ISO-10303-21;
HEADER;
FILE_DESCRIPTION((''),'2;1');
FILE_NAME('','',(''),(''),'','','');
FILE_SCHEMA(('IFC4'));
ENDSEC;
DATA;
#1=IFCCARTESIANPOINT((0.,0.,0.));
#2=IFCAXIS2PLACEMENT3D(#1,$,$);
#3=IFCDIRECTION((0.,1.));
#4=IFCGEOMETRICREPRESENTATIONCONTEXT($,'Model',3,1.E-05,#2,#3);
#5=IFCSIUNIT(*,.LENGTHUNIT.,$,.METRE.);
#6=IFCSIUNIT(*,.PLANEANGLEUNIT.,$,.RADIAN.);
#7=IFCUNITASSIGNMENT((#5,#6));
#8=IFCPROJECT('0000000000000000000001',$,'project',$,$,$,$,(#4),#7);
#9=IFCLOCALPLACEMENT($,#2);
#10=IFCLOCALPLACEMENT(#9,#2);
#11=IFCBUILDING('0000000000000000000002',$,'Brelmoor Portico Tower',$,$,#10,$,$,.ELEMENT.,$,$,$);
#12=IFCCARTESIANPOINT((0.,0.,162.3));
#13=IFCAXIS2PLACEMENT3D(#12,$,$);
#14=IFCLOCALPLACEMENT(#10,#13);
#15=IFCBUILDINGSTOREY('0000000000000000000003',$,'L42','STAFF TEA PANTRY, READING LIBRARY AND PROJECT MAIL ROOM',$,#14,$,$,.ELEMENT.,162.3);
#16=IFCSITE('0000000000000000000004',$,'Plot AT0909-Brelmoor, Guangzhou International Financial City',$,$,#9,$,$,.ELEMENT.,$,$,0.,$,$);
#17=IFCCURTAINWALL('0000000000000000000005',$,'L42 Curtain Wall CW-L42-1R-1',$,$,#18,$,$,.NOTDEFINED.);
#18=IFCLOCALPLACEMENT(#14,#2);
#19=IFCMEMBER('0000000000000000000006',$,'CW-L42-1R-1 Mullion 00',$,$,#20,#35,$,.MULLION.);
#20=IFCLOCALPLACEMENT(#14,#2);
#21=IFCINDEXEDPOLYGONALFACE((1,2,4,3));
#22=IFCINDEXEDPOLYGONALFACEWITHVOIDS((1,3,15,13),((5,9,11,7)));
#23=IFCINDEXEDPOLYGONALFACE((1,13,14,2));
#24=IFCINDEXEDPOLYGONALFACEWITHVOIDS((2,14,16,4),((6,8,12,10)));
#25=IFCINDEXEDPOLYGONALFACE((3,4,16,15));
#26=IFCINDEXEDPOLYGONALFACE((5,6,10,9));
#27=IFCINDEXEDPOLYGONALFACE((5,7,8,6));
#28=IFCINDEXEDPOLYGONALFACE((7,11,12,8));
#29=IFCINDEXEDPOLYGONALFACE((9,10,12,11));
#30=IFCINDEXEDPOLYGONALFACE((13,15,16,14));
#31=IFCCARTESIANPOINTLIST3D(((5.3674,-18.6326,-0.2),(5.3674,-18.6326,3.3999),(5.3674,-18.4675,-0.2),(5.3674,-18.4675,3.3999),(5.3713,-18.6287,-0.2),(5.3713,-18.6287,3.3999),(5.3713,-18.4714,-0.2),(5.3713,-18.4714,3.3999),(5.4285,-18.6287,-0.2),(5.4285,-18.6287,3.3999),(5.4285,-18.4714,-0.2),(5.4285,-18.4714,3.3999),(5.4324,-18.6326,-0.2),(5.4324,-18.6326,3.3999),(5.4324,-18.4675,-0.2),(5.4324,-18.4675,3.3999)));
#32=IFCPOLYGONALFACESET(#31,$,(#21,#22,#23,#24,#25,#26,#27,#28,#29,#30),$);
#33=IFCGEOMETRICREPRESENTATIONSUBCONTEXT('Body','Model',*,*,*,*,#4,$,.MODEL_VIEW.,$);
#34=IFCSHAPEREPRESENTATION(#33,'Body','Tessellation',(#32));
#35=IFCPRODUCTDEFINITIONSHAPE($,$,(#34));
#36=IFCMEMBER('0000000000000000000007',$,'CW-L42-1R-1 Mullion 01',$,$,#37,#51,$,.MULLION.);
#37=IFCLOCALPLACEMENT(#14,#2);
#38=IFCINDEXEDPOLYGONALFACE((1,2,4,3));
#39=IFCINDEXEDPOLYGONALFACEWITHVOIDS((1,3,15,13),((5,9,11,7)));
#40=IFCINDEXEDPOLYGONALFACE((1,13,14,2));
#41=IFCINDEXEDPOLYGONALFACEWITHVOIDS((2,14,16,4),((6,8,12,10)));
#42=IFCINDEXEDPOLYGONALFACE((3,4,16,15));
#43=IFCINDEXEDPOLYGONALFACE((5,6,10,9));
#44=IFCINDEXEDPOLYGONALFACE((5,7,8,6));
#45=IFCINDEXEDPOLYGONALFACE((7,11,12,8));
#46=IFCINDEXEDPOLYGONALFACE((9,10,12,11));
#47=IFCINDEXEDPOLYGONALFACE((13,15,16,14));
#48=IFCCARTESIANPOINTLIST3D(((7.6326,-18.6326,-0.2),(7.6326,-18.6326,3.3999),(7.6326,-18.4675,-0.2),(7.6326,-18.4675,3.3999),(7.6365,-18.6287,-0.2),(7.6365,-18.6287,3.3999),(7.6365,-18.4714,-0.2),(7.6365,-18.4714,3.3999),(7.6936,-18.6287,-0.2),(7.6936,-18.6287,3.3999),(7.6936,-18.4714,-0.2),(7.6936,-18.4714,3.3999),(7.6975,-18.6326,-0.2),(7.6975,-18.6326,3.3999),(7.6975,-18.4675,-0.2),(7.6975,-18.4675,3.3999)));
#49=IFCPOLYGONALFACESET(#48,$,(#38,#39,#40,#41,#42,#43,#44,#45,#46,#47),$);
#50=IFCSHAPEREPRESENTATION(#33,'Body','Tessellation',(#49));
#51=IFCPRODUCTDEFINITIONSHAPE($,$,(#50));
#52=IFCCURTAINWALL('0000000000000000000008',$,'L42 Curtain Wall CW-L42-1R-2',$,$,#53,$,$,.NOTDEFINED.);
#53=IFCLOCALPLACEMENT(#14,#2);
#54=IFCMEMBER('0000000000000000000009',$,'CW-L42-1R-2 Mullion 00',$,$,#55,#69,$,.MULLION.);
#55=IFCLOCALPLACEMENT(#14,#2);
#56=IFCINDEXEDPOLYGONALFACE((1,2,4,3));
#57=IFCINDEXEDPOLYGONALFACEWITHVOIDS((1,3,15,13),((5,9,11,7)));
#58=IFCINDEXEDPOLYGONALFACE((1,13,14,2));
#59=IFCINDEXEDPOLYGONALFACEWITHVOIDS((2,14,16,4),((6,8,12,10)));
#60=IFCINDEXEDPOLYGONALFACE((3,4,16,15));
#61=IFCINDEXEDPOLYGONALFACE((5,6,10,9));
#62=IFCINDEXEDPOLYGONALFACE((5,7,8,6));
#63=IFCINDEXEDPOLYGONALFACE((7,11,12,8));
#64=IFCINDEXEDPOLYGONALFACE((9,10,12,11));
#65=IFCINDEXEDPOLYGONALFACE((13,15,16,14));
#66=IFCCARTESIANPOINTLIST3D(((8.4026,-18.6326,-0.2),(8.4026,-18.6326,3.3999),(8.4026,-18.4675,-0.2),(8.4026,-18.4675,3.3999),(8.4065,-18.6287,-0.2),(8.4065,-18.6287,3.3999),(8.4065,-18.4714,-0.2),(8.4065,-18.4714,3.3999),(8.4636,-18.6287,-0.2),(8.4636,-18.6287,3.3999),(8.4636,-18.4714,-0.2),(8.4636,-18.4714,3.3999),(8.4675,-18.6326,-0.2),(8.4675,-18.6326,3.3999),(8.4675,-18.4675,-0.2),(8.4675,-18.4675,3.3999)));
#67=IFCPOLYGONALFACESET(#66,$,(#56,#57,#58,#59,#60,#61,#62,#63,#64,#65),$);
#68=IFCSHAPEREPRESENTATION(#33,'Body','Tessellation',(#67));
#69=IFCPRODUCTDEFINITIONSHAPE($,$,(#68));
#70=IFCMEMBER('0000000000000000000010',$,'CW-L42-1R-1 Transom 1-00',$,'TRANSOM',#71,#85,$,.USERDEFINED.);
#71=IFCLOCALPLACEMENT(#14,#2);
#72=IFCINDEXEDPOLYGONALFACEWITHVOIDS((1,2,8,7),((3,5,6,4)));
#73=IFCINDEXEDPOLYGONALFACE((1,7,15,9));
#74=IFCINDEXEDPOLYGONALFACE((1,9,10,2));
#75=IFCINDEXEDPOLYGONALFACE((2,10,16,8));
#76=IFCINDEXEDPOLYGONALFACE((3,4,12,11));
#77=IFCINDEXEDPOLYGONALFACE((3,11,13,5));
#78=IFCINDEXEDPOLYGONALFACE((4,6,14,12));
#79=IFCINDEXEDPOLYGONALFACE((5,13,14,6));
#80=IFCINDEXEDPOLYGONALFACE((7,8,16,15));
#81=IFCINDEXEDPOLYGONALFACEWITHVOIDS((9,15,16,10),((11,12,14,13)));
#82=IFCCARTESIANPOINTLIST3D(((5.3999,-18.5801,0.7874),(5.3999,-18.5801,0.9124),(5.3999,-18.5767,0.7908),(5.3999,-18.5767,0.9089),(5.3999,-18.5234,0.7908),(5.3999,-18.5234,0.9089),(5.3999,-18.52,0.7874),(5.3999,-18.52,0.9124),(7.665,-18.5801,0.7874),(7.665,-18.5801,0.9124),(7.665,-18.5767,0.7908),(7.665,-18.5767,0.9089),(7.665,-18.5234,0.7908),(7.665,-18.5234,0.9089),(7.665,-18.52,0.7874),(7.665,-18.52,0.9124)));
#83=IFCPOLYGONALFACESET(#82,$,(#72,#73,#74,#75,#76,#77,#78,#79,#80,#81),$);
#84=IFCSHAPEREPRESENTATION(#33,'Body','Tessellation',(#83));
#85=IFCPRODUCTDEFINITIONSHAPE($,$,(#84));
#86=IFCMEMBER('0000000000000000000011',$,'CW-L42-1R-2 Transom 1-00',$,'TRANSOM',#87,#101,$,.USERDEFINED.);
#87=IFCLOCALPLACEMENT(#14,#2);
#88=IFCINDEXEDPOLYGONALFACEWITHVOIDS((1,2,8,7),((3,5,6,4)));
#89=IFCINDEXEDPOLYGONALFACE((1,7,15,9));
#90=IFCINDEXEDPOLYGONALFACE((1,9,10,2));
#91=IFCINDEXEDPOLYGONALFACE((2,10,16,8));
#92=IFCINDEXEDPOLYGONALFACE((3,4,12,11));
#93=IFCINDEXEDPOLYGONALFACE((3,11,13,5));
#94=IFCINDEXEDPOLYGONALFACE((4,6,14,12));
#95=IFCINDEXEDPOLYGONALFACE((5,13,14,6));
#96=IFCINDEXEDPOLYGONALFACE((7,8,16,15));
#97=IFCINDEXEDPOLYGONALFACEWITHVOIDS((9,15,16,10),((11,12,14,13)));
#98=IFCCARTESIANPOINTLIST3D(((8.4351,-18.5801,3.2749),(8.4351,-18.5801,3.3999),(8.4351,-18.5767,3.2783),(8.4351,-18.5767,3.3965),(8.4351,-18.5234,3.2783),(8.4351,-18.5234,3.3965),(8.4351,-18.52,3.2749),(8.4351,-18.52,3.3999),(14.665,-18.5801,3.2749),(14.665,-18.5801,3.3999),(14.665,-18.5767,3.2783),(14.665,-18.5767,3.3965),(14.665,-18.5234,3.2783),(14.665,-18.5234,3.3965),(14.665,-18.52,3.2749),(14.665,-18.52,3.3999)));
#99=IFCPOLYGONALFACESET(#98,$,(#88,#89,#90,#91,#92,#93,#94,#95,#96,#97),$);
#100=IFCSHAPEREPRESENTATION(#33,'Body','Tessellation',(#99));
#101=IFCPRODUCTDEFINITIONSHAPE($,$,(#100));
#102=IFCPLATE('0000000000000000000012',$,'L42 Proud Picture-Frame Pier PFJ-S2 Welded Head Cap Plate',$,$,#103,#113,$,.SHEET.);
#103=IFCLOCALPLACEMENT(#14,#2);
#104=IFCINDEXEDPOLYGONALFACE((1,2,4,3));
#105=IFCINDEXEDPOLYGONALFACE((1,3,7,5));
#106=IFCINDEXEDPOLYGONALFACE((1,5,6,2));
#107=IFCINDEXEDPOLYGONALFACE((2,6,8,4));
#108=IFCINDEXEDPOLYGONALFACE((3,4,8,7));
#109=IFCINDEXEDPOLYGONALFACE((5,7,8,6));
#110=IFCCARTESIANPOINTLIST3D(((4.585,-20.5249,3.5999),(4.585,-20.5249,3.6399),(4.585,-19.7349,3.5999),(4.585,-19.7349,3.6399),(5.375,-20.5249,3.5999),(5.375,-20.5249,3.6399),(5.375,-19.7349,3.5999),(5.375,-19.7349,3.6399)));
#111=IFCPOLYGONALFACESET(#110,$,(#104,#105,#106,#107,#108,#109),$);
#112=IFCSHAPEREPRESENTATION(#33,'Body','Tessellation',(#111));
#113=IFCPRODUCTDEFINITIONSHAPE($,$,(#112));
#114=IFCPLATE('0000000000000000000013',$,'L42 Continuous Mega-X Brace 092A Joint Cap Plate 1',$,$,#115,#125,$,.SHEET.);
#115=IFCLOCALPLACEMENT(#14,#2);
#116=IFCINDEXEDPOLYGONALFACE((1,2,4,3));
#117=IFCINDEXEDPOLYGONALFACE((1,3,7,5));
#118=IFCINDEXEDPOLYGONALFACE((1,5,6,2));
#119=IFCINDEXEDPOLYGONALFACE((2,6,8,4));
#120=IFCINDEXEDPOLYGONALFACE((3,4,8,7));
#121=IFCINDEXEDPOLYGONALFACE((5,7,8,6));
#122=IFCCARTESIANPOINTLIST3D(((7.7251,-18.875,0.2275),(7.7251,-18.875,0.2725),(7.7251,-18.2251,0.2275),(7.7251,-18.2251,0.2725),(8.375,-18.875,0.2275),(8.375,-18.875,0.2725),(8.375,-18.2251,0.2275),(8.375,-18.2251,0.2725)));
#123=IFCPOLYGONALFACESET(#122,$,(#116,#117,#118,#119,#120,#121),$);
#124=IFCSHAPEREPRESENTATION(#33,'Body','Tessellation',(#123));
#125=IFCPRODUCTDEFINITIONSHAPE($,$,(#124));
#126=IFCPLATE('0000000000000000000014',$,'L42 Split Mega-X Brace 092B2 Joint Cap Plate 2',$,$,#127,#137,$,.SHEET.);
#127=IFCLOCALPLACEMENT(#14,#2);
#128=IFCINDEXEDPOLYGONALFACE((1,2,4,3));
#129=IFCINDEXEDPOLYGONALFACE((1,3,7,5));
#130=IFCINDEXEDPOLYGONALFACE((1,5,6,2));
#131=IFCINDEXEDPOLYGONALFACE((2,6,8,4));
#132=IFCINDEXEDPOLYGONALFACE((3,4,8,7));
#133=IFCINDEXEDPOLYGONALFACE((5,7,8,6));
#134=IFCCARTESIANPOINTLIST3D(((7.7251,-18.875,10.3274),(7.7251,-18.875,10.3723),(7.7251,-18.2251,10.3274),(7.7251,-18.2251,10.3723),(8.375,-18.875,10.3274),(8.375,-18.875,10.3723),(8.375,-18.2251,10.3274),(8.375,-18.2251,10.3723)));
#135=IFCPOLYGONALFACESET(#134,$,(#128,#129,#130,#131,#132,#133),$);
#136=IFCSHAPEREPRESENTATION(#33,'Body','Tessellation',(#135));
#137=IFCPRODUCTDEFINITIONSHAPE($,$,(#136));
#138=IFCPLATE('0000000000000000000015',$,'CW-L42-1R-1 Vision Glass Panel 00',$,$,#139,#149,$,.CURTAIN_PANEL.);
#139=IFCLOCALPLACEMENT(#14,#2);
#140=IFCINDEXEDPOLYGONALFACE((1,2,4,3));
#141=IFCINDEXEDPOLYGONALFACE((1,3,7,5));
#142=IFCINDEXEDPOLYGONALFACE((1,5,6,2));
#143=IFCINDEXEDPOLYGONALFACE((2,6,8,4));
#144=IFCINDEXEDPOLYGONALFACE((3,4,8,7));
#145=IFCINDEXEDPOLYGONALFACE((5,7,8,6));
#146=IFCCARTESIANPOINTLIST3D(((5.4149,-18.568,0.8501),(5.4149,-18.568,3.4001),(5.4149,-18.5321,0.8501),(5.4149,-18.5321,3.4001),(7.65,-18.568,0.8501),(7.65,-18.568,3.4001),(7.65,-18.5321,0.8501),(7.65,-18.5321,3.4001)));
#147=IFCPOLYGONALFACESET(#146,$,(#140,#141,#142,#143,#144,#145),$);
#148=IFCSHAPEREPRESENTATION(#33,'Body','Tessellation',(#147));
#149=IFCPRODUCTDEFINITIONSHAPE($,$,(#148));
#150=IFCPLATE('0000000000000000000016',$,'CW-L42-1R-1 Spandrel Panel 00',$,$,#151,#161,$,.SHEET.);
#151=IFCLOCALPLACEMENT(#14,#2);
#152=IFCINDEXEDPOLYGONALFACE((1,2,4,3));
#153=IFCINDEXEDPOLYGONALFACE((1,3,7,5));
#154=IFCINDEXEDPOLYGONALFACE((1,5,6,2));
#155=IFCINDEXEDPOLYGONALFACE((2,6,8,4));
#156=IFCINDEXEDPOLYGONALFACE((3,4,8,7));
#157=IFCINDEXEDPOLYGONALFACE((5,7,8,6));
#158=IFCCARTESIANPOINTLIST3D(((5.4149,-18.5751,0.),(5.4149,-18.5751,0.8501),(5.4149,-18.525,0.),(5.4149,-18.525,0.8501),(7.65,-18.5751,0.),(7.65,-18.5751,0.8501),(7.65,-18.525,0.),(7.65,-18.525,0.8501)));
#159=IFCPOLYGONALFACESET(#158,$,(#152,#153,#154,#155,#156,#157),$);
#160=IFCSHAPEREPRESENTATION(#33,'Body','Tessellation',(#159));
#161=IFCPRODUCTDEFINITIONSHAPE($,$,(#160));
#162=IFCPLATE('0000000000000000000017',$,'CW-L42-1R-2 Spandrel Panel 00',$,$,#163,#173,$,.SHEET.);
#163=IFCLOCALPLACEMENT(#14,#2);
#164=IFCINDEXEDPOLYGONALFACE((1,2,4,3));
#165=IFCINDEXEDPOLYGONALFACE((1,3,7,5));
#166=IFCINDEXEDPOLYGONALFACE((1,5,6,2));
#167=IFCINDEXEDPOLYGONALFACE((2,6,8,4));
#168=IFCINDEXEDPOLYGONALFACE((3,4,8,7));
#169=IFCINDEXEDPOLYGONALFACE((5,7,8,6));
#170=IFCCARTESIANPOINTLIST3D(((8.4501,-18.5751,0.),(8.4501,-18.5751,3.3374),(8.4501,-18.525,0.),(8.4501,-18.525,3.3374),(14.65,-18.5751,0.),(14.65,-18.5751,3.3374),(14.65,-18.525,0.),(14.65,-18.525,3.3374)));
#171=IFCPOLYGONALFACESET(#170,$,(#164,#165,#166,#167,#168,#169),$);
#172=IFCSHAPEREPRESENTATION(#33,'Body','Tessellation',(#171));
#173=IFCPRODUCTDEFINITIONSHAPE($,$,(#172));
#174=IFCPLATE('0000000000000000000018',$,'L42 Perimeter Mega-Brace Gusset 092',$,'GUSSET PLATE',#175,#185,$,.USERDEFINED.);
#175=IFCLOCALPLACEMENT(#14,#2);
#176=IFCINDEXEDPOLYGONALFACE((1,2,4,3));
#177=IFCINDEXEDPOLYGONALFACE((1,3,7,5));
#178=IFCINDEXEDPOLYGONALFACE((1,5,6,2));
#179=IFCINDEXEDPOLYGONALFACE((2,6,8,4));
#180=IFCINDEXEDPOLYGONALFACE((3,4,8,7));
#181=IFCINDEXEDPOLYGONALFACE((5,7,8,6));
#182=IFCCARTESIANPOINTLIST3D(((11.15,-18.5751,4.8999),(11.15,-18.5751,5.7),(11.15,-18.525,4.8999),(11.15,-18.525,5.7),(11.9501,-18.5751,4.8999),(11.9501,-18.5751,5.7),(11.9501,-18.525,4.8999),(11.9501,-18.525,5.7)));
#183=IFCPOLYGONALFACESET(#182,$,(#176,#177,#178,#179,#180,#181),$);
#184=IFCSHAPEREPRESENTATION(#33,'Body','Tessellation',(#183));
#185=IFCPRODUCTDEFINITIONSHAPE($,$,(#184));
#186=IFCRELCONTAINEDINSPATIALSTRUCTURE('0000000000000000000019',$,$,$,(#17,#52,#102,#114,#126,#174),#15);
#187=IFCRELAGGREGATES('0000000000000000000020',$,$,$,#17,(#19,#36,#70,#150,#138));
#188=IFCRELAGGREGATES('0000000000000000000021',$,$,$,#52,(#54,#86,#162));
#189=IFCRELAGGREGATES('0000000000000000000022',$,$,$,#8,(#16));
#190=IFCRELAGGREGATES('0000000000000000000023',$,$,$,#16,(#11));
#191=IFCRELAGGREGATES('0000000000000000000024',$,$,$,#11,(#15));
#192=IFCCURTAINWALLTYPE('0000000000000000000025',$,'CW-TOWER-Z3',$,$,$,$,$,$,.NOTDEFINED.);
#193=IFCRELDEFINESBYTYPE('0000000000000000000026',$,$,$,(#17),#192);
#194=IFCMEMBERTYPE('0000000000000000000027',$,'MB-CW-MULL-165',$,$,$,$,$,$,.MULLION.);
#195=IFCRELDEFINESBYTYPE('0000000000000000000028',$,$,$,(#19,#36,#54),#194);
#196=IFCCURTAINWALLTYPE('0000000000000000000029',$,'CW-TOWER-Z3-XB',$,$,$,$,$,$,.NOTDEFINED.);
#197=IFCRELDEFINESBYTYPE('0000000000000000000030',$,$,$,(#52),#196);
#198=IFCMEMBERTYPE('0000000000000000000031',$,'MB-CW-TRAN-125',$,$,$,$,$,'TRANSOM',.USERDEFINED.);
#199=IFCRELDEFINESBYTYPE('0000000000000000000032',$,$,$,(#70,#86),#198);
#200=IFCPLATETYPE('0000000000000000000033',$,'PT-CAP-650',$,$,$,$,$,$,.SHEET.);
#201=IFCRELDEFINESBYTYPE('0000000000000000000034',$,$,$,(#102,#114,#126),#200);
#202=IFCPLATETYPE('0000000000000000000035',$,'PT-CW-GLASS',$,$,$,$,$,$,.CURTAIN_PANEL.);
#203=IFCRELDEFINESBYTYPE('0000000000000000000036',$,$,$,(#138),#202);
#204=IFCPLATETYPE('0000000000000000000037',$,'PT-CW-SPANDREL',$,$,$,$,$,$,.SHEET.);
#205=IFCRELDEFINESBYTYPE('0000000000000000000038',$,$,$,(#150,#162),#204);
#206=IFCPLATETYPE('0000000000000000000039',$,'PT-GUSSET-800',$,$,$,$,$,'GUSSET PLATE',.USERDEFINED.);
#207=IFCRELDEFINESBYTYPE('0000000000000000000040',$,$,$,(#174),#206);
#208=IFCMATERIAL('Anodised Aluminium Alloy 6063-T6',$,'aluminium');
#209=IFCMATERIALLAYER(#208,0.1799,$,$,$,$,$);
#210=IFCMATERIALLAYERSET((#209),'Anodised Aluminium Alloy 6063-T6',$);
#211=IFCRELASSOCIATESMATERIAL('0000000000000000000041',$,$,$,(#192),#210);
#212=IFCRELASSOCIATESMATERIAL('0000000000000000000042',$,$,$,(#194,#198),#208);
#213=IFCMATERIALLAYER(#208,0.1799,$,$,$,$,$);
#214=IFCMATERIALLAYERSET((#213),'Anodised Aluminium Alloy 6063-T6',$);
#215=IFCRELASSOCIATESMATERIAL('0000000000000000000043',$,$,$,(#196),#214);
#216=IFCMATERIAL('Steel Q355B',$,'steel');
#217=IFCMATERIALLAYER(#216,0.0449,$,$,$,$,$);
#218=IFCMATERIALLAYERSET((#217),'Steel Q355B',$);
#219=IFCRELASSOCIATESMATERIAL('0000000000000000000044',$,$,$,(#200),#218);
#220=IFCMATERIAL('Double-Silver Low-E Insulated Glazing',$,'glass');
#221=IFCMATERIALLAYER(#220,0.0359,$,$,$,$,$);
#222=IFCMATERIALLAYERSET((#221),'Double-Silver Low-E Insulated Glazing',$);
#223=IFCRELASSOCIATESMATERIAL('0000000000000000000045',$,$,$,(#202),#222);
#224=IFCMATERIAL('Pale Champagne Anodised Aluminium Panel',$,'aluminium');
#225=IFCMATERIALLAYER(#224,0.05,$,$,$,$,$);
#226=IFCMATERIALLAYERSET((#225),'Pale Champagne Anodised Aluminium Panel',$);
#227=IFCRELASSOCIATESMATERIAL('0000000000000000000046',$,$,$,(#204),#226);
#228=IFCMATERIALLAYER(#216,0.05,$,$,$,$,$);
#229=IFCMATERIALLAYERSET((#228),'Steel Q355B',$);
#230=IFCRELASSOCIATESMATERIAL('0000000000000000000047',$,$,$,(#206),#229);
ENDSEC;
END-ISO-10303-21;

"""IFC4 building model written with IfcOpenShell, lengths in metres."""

from ifc_helpers import new_model, si_unit, direction, frame, origin, origin_2d, place, context, subcontext, project, spatial, rectangle, hollow_rectangle, extrude, material, layer, layer_set, material_profile, profile_set, type_object, element, aggregate, save


model = new_model("IFC4")

# Units and contexts
model_context = context("Model", 3, precision=1e-05, world=origin(), true_north=direction((0.0, 1.0)))
body_context = subcontext(model_context, "Body", "Model", "MODEL_VIEW")
ifc_project = project(units=[si_unit("LENGTHUNIT", "METRE"), si_unit("PLANEANGLEUNIT", "RADIAN")], contexts=[model_context])

# Site, building, storey
site_placement = place(None, origin())
site = spatial("IfcSite", under=ifc_project, at=site_placement, Name="Plot AT0909-Brelmoor, Guangzhou International Financial City", CompositionType="ELEMENT", RefElevation=0.0)
building_placement = place(site_placement, origin())
building = spatial("IfcBuilding", under=site, at=building_placement, Name="Brelmoor Portico Tower", CompositionType="ELEMENT")
storey_placement = place(building_placement, frame((0.0, 0.0, 162.3)))
storey = spatial("IfcBuildingStorey", under=building, at=storey_placement, Name="L42", Description="STAFF TEA PANTRY, READING LIBRARY AND PROJECT MAIL ROOM", CompositionType="ELEMENT", Elevation=162.3)

# Shared definitions
ifc_material_1 = material(Name="Steel Q355B", Category="steel")

# Curtain wall, members
ifc_material_2 = material(Name="Anodised Aluminium Alloy 6063-T6", Category="aluminium")
ifc_layer_1 = layer(ifc_material_2, 0.1799)
ifc_layer_set_1 = layer_set([ifc_layer_1], Name="Anodised Aluminium Alloy 6063-T6")
curtain_wall_type_1 = type_object("IfcCurtainWallType", Name="CW-TOWER-Z3", PredefinedType="NOTDEFINED", material=ifc_layer_set_1)
curtain_wall_1_placement = place(storey_placement, origin())
curtain_wall_1 = element("IfcCurtainWall", 1, at=curtain_wall_1_placement, inside=storey, type_object=curtain_wall_type_1, Name="L42 Curtain Wall CW-L42-1R-1", PredefinedType="NOTDEFINED")
ifc_material_profile_1 = material_profile(ifc_material_2, hollow_rectangle(XDim=0.0649, YDim=0.165, WallThickness=0.0039, at=origin_2d()), Name="ALU MULLION 65x165")
ifc_profile_set_1 = profile_set([ifc_material_profile_1], Name="Anodised Aluminium Alloy 6063-T6")
member_type_1 = type_object("IfcMemberType", Name="MB-CW-MULL-165", PredefinedType="MULLION", material=ifc_profile_set_1)
member_1_placement = place(storey_placement, frame((5.3999, -18.55, -0.2), z_axis=(0.0, 0.0, 1.0), x_axis=(1.0, 0.0, 0.0)))
member_1 = element("IfcMember", 2, at=member_1_placement, type_object=member_type_1, Name="CW-L42-1R-1 Mullion 00", PredefinedType="MULLION", context=body_context, shape_type="SweptSolid", body=[
    extrude(hollow_rectangle(XDim=0.0649, YDim=0.165, WallThickness=0.0039, at=origin_2d()), origin(), (0.0, 0.0, 1.0), 3.5999),
])
member_2_placement = place(storey_placement, frame((7.665, -18.55, -0.2), z_axis=(0.0, 0.0, 1.0), x_axis=(1.0, 0.0, 0.0)))
member_2 = element("IfcMember", 3, at=member_2_placement, type_object=member_type_1, Name="CW-L42-1R-1 Mullion 01", PredefinedType="MULLION", context=body_context, shape_type="SweptSolid", body=[
    extrude(hollow_rectangle(XDim=0.0649, YDim=0.165, WallThickness=0.0039, at=origin_2d()), origin(), (0.0, 0.0, 1.0), 3.5999),
])

# Curtain wall, member
ifc_layer_2 = layer(ifc_material_2, 0.1799)
ifc_layer_set_2 = layer_set([ifc_layer_2], Name="Anodised Aluminium Alloy 6063-T6")
curtain_wall_type_2 = type_object("IfcCurtainWallType", Name="CW-TOWER-Z3-XB", PredefinedType="NOTDEFINED", material=ifc_layer_set_2)
curtain_wall_2_placement = place(storey_placement, origin())
curtain_wall_2 = element("IfcCurtainWall", 4, at=curtain_wall_2_placement, inside=storey, type_object=curtain_wall_type_2, Name="L42 Curtain Wall CW-L42-1R-2", PredefinedType="NOTDEFINED")
member_3_placement = place(storey_placement, frame((8.4351, -18.55, -0.2), z_axis=(0.0, 0.0, 1.0), x_axis=(1.0, 0.0, 0.0)))
member_3 = element("IfcMember", 5, at=member_3_placement, type_object=member_type_1, Name="CW-L42-1R-2 Mullion 00", PredefinedType="MULLION", context=body_context, shape_type="SweptSolid", body=[
    extrude(hollow_rectangle(XDim=0.0649, YDim=0.165, WallThickness=0.0039, at=origin_2d()), origin(), (0.0, 0.0, 1.0), 3.5999),
])

# Members
ifc_material_profile_2 = material_profile(ifc_material_2, hollow_rectangle(XDim=0.0601, YDim=0.125, WallThickness=0.0034, at=origin_2d()), Name="ALU TRANSOM 60x125")
ifc_profile_set_2 = profile_set([ifc_material_profile_2], Name="Anodised Aluminium Alloy 6063-T6")
member_type_2 = type_object("IfcMemberType", Name="MB-CW-TRAN-125", ElementType="TRANSOM", PredefinedType="USERDEFINED", material=ifc_profile_set_2)
member_4_placement = place(storey_placement, frame((5.3999, -18.55, 0.8499), z_axis=(1.0, 0.0, 0.0), x_axis=(0.0, 1.0, 0.0)))
member_4 = element("IfcMember", 6, at=member_4_placement, type_object=member_type_2, Name="CW-L42-1R-1 Transom 1-00", ObjectType="TRANSOM", PredefinedType="USERDEFINED", context=body_context, shape_type="SweptSolid", body=[
    extrude(hollow_rectangle(XDim=0.0601, YDim=0.125, WallThickness=0.0034, at=origin_2d()), origin(), (0.0, 0.0, 1.0), 2.2651),
])
member_5_placement = place(storey_placement, frame((8.4351, -18.55, 3.3374), z_axis=(1.0, 0.0, 0.0), x_axis=(0.0, 1.0, 0.0)))
member_5 = element("IfcMember", 7, at=member_5_placement, type_object=member_type_2, Name="CW-L42-1R-2 Transom 1-00", ObjectType="TRANSOM", PredefinedType="USERDEFINED", context=body_context, shape_type="SweptSolid", body=[
    extrude(hollow_rectangle(XDim=0.0601, YDim=0.125, WallThickness=0.0034, at=origin_2d()), origin(), (0.0, 0.0, 1.0), 6.23),
])

# Plates
ifc_layer_3 = layer(ifc_material_1, 0.0449)
ifc_layer_set_3 = layer_set([ifc_layer_3], Name="Steel Q355B")
plate_type_1 = type_object("IfcPlateType", Name="PT-CAP-650", PredefinedType="SHEET", material=ifc_layer_set_3)
plate_1_placement = place(storey_placement, frame((4.98, -20.1299, 3.5999), z_axis=(0.0, 0.0, 1.0), x_axis=(1.0, 0.0, 0.0)))
element("IfcPlate", 8, at=plate_1_placement, inside=storey, type_object=plate_type_1, Name="L42 Proud Picture-Frame Pier PFJ-S2 Welded Head Cap Plate", PredefinedType="SHEET", context=body_context, shape_type="SweptSolid", body=[
    extrude(rectangle(XDim=0.79, YDim=0.79, at=origin_2d()), origin(), (0.0, 0.0, 1.0), 0.04),
])
for number, where, z_axis, x_axis, name in (
    (9, (8.05, -18.55, 0.2275), (0.0, 0.0, 1.0), (1.0, 0.0, 0.0), "L42 Continuous Mega-X Brace 092A Joint Cap Plate 1"),
    (10, (8.05, -18.55, 10.3274), (0.0, 0.0, 1.0), (1.0, 0.0, 0.0), "L42 Split Mega-X Brace 092B2 Joint Cap Plate 2"),
):
    element("IfcPlate", number, at=place(storey_placement, frame(where, z_axis=z_axis, x_axis=x_axis)), inside=storey, type_object=plate_type_1, Name=name, PredefinedType="SHEET", context=body_context, shape_type="SweptSolid", body=[
        extrude(rectangle(XDim=0.6499, YDim=0.6499, at=origin_2d()), origin(), (0.0, 0.0, 1.0), 0.0449),
    ])

# Plates
ifc_material_3 = material(Name="Double-Silver Low-E Insulated Glazing", Category="glass")
ifc_layer_4 = layer(ifc_material_3, 0.0359)
ifc_layer_set_4 = layer_set([ifc_layer_4], Name="Double-Silver Low-E Insulated Glazing")
plate_type_2 = type_object("IfcPlateType", Name="PT-CW-GLASS", PredefinedType="CURTAIN_PANEL", material=ifc_layer_set_4)
plate_2_placement = place(storey_placement, frame((6.5325, -18.55, 0.8501), z_axis=(0.0, 0.0, 1.0), x_axis=(1.0, 0.0, 0.0)))
plate_2 = element("IfcPlate", 11, at=plate_2_placement, type_object=plate_type_2, Name="CW-L42-1R-1 Vision Glass Panel 00", PredefinedType="CURTAIN_PANEL", context=body_context, shape_type="SweptSolid", body=[
    extrude(rectangle(XDim=2.2351, YDim=0.0359, at=origin_2d()), origin(), (0.0, 0.0, 1.0), 2.55),
])
ifc_material_4 = material(Name="Pale Champagne Anodised Aluminium Panel", Category="aluminium")
ifc_layer_5 = layer(ifc_material_4, 0.05)
ifc_layer_set_5 = layer_set([ifc_layer_5], Name="Pale Champagne Anodised Aluminium Panel")
plate_type_3 = type_object("IfcPlateType", Name="PT-CW-SPANDREL", PredefinedType="SHEET", material=ifc_layer_set_5)
plate_3_placement = place(storey_placement, frame((6.5325, -18.55, 0.0), z_axis=(0.0, 0.0, 1.0), x_axis=(1.0, 0.0, 0.0)))
plate_3 = element("IfcPlate", 12, at=plate_3_placement, type_object=plate_type_3, Name="CW-L42-1R-1 Spandrel Panel 00", PredefinedType="SHEET", context=body_context, shape_type="SweptSolid", body=[
    extrude(rectangle(XDim=2.2351, YDim=0.05, at=origin_2d()), origin(), (0.0, 0.0, 1.0), 0.8501),
])
aggregate(curtain_wall_1, [member_1, member_2, member_4, plate_3, plate_2])
plate_4_placement = place(storey_placement, frame((11.55, -18.55, 0.0), z_axis=(0.0, 0.0, 1.0), x_axis=(1.0, 0.0, 0.0)))
plate_4 = element("IfcPlate", 13, at=plate_4_placement, type_object=plate_type_3, Name="CW-L42-1R-2 Spandrel Panel 00", PredefinedType="SHEET", context=body_context, shape_type="SweptSolid", body=[
    extrude(rectangle(XDim=6.2, YDim=0.05, at=origin_2d()), origin(), (0.0, 0.0, 1.0), 3.3374),
])
aggregate(curtain_wall_2, [member_3, member_5, plate_4])

# Plate
ifc_layer_6 = layer(ifc_material_1, 0.05)
ifc_layer_set_6 = layer_set([ifc_layer_6], Name="Steel Q355B")
plate_type_4 = type_object("IfcPlateType", Name="PT-GUSSET-800", ElementType="GUSSET PLATE", PredefinedType="USERDEFINED", material=ifc_layer_set_6)
plate_5_placement = place(storey_placement, frame((11.55, -18.55, 4.8999), z_axis=(0.0, 0.0, 1.0), x_axis=(1.0, 0.0, 0.0)))
element("IfcPlate", 14, at=plate_5_placement, inside=storey, type_object=plate_type_4, Name="L42 Perimeter Mega-Brace Gusset 092", ObjectType="GUSSET PLATE", PredefinedType="USERDEFINED", context=body_context, shape_type="SweptSolid", body=[
    extrude(rectangle(XDim=0.8, YDim=0.05, at=origin_2d()), origin(), (0.0, 0.0, 1.0), 0.8),
])

save(model, "model.ifc")
